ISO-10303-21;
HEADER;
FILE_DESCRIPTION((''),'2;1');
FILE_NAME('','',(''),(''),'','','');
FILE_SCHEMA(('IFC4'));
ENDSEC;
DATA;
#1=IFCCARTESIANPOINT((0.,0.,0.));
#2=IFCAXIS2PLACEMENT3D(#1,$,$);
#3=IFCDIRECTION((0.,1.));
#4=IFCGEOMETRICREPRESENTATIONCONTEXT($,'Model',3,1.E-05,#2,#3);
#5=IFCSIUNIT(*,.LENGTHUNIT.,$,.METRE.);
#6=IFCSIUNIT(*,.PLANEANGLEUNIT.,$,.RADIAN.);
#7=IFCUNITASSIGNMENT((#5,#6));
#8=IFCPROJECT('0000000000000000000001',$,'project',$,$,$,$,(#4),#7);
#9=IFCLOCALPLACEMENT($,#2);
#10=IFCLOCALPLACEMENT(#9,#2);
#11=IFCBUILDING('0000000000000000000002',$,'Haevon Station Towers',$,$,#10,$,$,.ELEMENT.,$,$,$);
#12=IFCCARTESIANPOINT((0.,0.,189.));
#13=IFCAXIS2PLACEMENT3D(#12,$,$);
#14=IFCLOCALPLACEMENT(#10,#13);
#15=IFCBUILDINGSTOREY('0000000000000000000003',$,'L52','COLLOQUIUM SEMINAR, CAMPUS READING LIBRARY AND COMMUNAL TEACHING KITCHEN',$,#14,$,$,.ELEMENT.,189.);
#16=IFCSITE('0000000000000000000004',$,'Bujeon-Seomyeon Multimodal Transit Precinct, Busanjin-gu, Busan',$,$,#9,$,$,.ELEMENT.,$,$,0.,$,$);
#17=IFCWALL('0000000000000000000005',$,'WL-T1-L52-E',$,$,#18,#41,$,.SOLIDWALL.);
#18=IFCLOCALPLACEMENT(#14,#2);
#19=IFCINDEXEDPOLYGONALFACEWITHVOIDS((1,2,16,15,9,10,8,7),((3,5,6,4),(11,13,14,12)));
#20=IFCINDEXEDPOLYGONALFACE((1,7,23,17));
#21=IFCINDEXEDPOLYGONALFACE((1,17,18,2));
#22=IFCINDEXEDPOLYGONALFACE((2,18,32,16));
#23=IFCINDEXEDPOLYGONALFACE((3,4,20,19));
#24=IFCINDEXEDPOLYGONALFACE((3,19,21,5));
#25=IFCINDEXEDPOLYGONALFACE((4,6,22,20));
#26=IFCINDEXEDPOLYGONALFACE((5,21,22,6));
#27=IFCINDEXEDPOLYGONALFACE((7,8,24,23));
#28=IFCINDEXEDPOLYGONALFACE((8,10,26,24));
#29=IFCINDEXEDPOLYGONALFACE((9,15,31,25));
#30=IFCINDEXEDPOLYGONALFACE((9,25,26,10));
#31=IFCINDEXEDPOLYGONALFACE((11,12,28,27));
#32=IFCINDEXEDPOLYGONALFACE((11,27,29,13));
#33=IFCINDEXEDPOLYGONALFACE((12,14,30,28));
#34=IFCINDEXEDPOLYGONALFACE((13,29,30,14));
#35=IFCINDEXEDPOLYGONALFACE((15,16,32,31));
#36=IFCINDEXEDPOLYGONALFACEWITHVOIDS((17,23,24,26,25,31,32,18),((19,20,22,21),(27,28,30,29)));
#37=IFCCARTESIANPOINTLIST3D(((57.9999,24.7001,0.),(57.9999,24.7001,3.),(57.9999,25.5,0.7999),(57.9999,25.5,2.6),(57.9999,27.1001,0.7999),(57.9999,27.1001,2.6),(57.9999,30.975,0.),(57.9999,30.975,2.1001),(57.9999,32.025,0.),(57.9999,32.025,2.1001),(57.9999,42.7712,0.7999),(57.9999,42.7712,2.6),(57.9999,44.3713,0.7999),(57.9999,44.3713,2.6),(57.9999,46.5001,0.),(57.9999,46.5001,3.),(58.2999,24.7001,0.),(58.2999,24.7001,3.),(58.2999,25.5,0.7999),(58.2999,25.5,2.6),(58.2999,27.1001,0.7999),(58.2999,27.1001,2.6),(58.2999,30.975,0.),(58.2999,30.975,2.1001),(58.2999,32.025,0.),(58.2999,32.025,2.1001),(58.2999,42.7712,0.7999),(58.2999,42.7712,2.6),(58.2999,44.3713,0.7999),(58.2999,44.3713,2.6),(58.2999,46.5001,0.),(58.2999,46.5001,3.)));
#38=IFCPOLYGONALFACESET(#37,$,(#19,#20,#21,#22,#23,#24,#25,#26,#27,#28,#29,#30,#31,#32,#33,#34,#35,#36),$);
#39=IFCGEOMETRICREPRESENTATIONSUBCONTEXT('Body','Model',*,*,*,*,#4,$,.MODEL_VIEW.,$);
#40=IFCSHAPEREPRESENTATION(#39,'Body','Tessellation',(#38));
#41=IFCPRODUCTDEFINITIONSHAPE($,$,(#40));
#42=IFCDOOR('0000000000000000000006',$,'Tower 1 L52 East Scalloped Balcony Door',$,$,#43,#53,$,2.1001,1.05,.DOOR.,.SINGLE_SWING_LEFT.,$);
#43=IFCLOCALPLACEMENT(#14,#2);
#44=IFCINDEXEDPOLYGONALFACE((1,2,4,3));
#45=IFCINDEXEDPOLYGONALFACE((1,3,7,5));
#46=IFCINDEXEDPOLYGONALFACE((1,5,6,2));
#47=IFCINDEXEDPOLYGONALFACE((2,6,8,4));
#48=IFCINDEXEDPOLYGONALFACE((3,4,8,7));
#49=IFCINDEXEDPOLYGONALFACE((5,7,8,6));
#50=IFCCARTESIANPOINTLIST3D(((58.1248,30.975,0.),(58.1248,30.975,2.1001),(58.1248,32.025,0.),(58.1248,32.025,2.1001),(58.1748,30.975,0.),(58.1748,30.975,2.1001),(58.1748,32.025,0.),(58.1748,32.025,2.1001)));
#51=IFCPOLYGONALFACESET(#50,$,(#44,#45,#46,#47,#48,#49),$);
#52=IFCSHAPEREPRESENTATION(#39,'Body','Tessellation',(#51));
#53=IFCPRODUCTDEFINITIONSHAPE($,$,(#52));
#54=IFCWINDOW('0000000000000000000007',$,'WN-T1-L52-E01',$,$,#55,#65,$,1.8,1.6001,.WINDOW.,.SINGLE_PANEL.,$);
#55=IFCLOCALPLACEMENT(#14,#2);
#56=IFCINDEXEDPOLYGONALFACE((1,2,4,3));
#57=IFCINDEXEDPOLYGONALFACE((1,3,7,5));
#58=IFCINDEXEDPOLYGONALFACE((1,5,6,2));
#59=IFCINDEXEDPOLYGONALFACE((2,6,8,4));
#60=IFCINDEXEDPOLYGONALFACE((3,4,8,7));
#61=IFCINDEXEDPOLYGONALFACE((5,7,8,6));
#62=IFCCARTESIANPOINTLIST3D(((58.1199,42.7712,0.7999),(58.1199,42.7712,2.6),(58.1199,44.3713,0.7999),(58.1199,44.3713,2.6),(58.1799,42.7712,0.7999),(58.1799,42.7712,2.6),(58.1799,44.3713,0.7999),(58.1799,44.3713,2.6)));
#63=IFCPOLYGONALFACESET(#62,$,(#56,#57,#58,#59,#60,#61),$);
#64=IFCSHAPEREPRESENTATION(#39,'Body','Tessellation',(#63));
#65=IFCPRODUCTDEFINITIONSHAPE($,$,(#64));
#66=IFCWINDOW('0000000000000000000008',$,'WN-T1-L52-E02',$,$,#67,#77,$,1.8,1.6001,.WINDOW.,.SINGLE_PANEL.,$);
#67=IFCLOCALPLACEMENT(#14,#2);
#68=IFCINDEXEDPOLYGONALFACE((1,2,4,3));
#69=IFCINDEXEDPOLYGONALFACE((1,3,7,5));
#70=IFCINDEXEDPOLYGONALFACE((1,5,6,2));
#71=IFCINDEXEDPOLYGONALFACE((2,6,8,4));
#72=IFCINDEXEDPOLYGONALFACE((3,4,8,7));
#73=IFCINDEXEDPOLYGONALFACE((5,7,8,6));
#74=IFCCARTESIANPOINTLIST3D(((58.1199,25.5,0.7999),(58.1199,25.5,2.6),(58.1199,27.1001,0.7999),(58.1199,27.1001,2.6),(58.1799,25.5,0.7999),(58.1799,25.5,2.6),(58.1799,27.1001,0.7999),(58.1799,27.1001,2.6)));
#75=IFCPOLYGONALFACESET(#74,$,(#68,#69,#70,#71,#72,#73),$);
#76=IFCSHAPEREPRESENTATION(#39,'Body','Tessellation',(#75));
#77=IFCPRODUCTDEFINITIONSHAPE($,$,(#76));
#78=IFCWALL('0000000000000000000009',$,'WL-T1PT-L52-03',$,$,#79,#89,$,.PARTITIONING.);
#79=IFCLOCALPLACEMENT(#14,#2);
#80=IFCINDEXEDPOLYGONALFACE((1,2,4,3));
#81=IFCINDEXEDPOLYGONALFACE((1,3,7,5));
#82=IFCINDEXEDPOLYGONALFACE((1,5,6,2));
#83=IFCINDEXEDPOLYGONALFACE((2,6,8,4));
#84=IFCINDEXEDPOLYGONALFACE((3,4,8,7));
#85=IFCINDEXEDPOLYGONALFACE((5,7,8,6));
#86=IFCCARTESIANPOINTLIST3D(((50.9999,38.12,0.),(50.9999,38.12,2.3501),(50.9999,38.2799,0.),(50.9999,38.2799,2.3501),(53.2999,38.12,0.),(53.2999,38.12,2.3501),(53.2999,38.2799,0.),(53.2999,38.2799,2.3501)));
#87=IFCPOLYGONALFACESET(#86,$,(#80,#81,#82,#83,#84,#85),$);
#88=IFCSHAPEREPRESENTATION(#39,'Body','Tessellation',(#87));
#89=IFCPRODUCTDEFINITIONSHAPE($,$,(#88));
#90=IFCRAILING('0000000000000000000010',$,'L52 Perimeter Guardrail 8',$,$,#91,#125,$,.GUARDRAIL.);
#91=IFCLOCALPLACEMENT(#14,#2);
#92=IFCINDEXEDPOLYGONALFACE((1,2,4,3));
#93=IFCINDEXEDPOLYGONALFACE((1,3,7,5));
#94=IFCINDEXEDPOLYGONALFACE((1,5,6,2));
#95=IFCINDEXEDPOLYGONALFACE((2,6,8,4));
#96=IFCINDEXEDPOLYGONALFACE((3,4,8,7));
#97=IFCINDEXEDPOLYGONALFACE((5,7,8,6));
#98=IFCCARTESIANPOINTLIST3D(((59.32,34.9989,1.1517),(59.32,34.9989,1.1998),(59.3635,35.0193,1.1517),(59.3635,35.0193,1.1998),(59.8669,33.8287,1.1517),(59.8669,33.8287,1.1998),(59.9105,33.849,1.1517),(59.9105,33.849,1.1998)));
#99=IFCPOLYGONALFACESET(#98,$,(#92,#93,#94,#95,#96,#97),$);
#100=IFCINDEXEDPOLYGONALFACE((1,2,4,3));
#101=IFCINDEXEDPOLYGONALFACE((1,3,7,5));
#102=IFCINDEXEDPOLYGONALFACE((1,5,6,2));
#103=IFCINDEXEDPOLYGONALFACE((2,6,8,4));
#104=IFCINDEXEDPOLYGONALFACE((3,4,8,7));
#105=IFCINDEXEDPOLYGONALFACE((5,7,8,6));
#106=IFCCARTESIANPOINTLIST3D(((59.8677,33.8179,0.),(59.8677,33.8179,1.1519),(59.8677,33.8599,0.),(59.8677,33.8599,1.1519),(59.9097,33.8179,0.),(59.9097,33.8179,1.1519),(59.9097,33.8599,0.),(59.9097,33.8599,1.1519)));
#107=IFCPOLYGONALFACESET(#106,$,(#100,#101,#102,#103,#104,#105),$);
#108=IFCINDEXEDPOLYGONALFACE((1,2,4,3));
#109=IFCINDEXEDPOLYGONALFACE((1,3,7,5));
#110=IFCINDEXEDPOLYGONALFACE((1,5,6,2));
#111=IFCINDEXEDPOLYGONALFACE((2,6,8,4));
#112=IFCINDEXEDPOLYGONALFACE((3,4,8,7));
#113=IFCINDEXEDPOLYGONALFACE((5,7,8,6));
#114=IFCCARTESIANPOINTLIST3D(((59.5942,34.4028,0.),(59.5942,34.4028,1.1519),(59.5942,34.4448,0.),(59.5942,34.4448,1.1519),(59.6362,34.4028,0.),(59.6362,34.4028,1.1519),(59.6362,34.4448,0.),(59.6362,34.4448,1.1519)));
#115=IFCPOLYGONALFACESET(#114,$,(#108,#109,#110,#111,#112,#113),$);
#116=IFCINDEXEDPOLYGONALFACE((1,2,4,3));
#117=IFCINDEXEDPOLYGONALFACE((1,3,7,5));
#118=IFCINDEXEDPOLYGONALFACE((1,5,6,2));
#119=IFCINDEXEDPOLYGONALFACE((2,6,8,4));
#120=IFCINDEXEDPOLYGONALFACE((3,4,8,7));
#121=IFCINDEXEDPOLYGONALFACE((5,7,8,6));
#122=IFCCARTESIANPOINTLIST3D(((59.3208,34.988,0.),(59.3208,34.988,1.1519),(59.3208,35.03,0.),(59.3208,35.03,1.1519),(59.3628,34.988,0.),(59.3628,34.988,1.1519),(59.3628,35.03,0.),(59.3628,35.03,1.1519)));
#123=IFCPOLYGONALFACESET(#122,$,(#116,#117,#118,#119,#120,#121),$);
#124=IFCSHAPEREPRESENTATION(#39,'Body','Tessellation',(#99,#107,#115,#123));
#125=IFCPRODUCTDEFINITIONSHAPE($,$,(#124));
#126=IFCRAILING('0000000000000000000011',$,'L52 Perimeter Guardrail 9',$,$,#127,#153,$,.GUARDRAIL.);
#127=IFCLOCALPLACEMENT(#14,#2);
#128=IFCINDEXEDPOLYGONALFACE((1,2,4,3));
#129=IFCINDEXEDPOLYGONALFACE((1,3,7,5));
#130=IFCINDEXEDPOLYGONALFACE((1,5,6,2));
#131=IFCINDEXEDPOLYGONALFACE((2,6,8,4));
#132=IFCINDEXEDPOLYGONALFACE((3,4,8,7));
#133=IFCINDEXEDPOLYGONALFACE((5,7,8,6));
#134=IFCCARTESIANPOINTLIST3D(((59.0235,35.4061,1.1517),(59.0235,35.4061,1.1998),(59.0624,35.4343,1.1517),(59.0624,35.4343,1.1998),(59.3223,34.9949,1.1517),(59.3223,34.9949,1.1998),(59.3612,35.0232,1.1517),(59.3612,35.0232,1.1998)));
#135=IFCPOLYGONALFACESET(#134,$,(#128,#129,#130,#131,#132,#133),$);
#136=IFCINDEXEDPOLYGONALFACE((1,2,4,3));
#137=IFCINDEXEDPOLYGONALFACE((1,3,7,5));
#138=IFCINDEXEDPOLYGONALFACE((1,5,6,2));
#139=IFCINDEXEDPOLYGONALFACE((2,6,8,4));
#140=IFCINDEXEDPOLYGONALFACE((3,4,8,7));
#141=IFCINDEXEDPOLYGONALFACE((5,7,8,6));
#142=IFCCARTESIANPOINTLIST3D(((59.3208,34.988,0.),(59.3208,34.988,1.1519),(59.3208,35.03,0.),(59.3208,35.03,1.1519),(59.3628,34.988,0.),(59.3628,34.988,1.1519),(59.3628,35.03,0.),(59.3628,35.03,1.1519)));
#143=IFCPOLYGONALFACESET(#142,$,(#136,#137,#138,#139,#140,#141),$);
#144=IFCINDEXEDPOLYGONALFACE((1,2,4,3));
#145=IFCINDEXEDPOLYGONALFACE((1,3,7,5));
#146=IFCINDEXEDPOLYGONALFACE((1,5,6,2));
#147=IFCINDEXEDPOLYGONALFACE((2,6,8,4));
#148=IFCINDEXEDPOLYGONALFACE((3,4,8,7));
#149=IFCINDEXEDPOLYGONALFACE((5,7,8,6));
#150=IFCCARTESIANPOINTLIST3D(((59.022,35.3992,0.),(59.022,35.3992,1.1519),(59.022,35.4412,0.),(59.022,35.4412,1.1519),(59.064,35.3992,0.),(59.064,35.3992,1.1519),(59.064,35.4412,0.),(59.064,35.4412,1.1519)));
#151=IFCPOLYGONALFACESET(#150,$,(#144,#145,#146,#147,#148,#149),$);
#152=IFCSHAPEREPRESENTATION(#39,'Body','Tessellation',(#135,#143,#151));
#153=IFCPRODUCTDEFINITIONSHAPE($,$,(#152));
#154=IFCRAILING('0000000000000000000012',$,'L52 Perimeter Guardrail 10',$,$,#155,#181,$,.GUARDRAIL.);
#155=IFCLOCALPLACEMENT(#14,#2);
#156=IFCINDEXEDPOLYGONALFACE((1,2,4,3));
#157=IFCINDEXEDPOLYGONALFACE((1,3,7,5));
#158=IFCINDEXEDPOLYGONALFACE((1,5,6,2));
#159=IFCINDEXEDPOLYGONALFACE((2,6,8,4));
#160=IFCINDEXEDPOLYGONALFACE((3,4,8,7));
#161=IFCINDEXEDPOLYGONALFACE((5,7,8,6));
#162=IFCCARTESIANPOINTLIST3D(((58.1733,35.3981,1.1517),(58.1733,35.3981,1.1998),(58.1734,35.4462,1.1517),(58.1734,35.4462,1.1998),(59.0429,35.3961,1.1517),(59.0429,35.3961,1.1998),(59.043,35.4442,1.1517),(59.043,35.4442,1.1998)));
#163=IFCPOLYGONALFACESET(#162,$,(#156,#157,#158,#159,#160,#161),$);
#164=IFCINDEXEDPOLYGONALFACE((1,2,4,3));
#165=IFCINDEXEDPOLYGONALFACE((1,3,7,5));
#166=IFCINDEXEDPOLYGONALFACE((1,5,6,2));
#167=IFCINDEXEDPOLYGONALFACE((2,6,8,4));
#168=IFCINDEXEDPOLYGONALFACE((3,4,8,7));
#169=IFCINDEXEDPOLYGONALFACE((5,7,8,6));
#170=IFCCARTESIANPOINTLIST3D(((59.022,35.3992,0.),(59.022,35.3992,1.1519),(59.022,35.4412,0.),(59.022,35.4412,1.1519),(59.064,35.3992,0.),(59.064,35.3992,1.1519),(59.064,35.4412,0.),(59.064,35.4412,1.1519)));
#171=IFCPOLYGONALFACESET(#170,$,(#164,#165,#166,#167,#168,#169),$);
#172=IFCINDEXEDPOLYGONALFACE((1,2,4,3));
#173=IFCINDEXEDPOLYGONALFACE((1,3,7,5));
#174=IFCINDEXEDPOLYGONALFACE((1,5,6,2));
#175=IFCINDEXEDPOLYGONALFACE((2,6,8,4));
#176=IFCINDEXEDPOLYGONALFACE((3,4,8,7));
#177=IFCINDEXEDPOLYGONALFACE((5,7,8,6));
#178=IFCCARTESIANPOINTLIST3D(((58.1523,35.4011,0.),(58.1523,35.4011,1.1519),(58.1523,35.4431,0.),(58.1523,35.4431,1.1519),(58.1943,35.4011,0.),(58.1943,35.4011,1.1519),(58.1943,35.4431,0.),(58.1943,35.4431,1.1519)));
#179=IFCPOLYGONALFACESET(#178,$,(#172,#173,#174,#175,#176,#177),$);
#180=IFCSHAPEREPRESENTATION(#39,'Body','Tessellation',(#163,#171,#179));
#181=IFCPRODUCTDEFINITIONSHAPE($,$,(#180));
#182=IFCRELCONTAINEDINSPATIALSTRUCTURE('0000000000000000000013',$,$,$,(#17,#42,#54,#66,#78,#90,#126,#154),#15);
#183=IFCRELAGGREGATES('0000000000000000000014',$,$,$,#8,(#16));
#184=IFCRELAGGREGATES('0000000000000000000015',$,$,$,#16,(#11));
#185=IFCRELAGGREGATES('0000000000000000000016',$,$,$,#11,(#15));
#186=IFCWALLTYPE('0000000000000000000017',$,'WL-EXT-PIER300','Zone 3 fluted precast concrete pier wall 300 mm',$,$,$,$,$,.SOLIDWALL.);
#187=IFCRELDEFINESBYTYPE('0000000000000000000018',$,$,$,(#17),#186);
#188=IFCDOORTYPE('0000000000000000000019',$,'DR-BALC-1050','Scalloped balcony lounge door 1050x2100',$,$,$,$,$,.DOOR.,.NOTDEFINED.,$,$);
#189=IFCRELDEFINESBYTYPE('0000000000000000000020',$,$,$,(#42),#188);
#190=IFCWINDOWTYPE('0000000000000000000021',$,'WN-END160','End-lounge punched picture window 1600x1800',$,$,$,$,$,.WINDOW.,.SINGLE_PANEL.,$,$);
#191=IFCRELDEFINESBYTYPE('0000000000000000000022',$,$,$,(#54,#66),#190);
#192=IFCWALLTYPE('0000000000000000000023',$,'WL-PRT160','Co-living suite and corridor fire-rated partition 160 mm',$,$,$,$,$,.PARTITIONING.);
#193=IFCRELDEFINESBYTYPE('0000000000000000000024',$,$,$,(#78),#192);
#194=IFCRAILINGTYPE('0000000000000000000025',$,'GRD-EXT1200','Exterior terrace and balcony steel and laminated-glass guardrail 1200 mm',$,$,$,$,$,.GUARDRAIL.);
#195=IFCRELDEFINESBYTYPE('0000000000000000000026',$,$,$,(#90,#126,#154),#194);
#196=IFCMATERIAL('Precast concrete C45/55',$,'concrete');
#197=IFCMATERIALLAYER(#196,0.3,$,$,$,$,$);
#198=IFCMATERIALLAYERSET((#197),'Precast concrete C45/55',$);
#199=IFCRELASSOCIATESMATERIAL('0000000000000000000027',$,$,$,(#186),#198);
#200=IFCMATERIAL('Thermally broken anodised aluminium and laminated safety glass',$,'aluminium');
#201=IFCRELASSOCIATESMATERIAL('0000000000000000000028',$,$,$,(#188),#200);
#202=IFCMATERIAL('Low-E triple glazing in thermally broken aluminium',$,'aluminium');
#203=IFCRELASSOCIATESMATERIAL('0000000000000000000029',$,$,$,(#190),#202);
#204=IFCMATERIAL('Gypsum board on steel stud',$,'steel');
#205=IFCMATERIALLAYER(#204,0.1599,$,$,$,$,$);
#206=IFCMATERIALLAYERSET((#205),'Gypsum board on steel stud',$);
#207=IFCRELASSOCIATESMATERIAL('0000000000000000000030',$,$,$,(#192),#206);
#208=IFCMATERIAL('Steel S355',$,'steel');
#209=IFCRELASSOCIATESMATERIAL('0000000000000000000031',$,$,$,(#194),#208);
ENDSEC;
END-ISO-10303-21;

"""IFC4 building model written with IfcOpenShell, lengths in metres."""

from ifc_helpers import new_model, si_unit, direction, frame, frame_2d, origin, origin_2d, place, context, subcontext, project, spatial, rectangle, extrude, material, layer, layer_set, type_object, element, fill, save


model = new_model("IFC4")

# Units and contexts
model_context = context("Model", 3, precision=1e-05, world=origin(), true_north=direction((0.0, 1.0)))
body_context = subcontext(model_context, "Body", "Model", "MODEL_VIEW")
ifc_project = project(units=[si_unit("LENGTHUNIT", "METRE"), si_unit("PLANEANGLEUNIT", "RADIAN")], contexts=[model_context])

# Site, building, storey
site_placement = place(None, origin())
site = spatial("IfcSite", under=ifc_project, at=site_placement, Name="Bujeon-Seomyeon Multimodal Transit Precinct, Busanjin-gu, Busan", CompositionType="ELEMENT", RefElevation=0.0)
building_placement = place(site_placement, origin())
building = spatial("IfcBuilding", under=site, at=building_placement, Name="Haevon Station Towers", CompositionType="ELEMENT")
storey_placement = place(building_placement, frame((0.0, 0.0, 189.0)))
storey = spatial("IfcBuildingStorey", under=building, at=storey_placement, Name="L52", Description="COLLOQUIUM SEMINAR, CAMPUS READING LIBRARY AND COMMUNAL TEACHING KITCHEN", CompositionType="ELEMENT", Elevation=189.0)

# Shared definitions
ifc_material_1 = material(Name="Steel S355", Category="steel")

# Shared definitions
ifc_material_2 = material(Name="Precast concrete C45/55", Category="concrete")
ifc_layer_1 = layer(ifc_material_2, 0.3)
ifc_layer_set_1 = layer_set([ifc_layer_1], Name="Precast concrete C45/55")
wall_type_1 = type_object("IfcWallType", Name="WL-EXT-PIER300", Description="Zone 3 fluted precast concrete pier wall 300 mm", PredefinedType="SOLIDWALL", material=ifc_layer_set_1)

# Wall, openings, door, windows
wall_1_placement = place(storey_placement, frame((58.1499, 46.5, 0.0), z_axis=(0.0, 0.0, 1.0), x_axis=(0.0, -1.0, 0.0)))
wall_1 = element("IfcWall", 1, at=wall_1_placement, inside=storey, type_object=wall_type_1, Name="WL-T1-L52-E", PredefinedType="SOLIDWALL", context=body_context, shape_type="SweptSolid", body=[
    extrude(rectangle(XDim=21.8, YDim=0.3, at=frame_2d((10.8999, 0.0))), origin(), (0.0, 0.0, 1.0), 3.0),
])
opening_1_placement = place(wall_1_placement, frame((14.4751, 0.0, 0.0)))
opening_1 = element("IfcOpeningElement", 2, at=opening_1_placement, cuts=wall_1, PredefinedType="OPENING", context=body_context, shape_type="SweptSolid", body=[
    extrude(rectangle(XDim=1.05, YDim=2.1001, at=frame_2d((0.5249, 1.05))), frame((0.0, 0.1599, 0.0), z_axis=(0.0, -1.0, 0.0), x_axis=(1.0, 0.0, 0.0)), (0.0, 0.0, 1.0), 0.3201),
])
opening_2_placement = place(wall_1_placement, frame((2.1287, 0.0, 0.8)))
opening_2 = element("IfcOpeningElement", 3, at=opening_2_placement, cuts=wall_1, PredefinedType="OPENING", context=body_context, shape_type="SweptSolid", body=[
    extrude(rectangle(XDim=1.6001, YDim=1.8, at=frame_2d((0.8, 0.8999))), frame((0.0, 0.1599, 0.0), z_axis=(0.0, -1.0, 0.0), x_axis=(1.0, 0.0, 0.0)), (0.0, 0.0, 1.0), 0.3201),
])
opening_3_placement = place(wall_1_placement, frame((19.3999, 0.0, 0.8)))
opening_3 = element("IfcOpeningElement", 4, at=opening_3_placement, cuts=wall_1, PredefinedType="OPENING", context=body_context, shape_type="SweptSolid", body=[
    extrude(rectangle(XDim=1.6001, YDim=1.8, at=frame_2d((0.8, 0.8999))), frame((0.0, 0.1599, 0.0), z_axis=(0.0, -1.0, 0.0), x_axis=(1.0, 0.0, 0.0)), (0.0, 0.0, 1.0), 0.3201),
])
ifc_material_3 = material(Name="Thermally broken anodised aluminium and laminated safety glass", Category="aluminium")
door_type = type_object("IfcDoorType", Name="DR-BALC-1050", Description="Scalloped balcony lounge door 1050x2100", OperationType="NOTDEFINED", PredefinedType="DOOR", material=ifc_material_3)
door_placement = place(opening_1_placement, origin())
door = element("IfcDoor", 5, at=door_placement, inside=storey, type_object=door_type, Name="Tower 1 L52 East Scalloped Balcony Door", OperationType="SINGLE_SWING_LEFT", OverallHeight=2.1001, OverallWidth=1.05, PredefinedType="DOOR", context=body_context, shape_type="SweptSolid", body=[
    extrude(rectangle(XDim=1.05, YDim=2.1001, at=frame_2d((0.5249, 1.05))), frame((0.0, 0.0249, 0.0), z_axis=(0.0, -1.0, 0.0), x_axis=(1.0, 0.0, 0.0)), (0.0, 0.0, 1.0), 0.05),
])
fill(opening_1, door)
ifc_material_4 = material(Name="Low-E triple glazing in thermally broken aluminium", Category="aluminium")
window_type = type_object("IfcWindowType", Name="WN-END160", Description="End-lounge punched picture window 1600x1800", PartitioningType="SINGLE_PANEL", PredefinedType="WINDOW", material=ifc_material_4)
window_1_placement = place(opening_2_placement, origin())
window_1 = element("IfcWindow", 6, at=window_1_placement, inside=storey, type_object=window_type, Name="WN-T1-L52-E01", OverallHeight=1.8, OverallWidth=1.6001, PartitioningType="SINGLE_PANEL", PredefinedType="WINDOW", context=body_context, shape_type="SweptSolid", body=[
    extrude(rectangle(XDim=1.6001, YDim=1.8, at=frame_2d((0.8, 0.8999))), frame((0.0, 0.03, 0.0), z_axis=(0.0, -1.0, 0.0), x_axis=(1.0, 0.0, 0.0)), (0.0, 0.0, 1.0), 0.0601),
])
fill(opening_2, window_1)
window_2_placement = place(opening_3_placement, origin())
window_2 = element("IfcWindow", 7, at=window_2_placement, inside=storey, type_object=window_type, Name="WN-T1-L52-E02", OverallHeight=1.8, OverallWidth=1.6001, PartitioningType="SINGLE_PANEL", PredefinedType="WINDOW", context=body_context, shape_type="SweptSolid", body=[
    extrude(rectangle(XDim=1.6001, YDim=1.8, at=frame_2d((0.8, 0.8999))), frame((0.0, 0.03, 0.0), z_axis=(0.0, -1.0, 0.0), x_axis=(1.0, 0.0, 0.0)), (0.0, 0.0, 1.0), 0.0601),
])
fill(opening_3, window_2)

# Wall
ifc_material_5 = material(Name="Gypsum board on steel stud", Category="steel")
ifc_layer_2 = layer(ifc_material_5, 0.1599)
ifc_layer_set_2 = layer_set([ifc_layer_2], Name="Gypsum board on steel stud")
wall_type_2 = type_object("IfcWallType", Name="WL-PRT160", Description="Co-living suite and corridor fire-rated partition 160 mm", PredefinedType="PARTITIONING", material=ifc_layer_set_2)
wall_2_placement = place(storey_placement, frame((51.0, 38.2, 0.0), z_axis=(0.0, 0.0, 1.0), x_axis=(1.0, 0.0, 0.0)))
element("IfcWall", 8, at=wall_2_placement, inside=storey, type_object=wall_type_2, Name="WL-T1PT-L52-03", PredefinedType="PARTITIONING", context=body_context, shape_type="SweptSolid", body=[
    extrude(rectangle(XDim=2.3, YDim=0.1599, at=frame_2d((1.1499, 0.0))), origin(), (0.0, 0.0, 1.0), 2.3501),
])

# Railings
railing_type = type_object("IfcRailingType", Name="GRD-EXT1200", Description="Exterior terrace and balcony steel and laminated-glass guardrail 1200 mm", PredefinedType="GUARDRAIL", material=ifc_material_1)
railing_1_placement = place(storey_placement, frame((59.8887, 33.8389, 0.0)))
element("IfcRailing", 9, at=railing_1_placement, inside=storey, type_object=railing_type, Name="L52 Perimeter Guardrail 8", PredefinedType="GUARDRAIL", context=body_context, shape_type="SweptSolid", body=[
    extrude(rectangle(XDim=0.0481, YDim=0.0481, at=origin_2d()), frame((0.0, 0.0, 1.1758), z_axis=(-0.423392, 0.905946, 0.0), x_axis=(-0.905946, -0.423392, 0.0)), (0.0, 0.0, 1.0), 1.2917),
    extrude(rectangle(XDim=0.042, YDim=0.042, at=origin_2d()), origin(), (0.0, 0.0, 1.0), 1.1519),
    extrude(rectangle(XDim=0.042, YDim=0.042, at=origin_2d()), frame((-0.2734, 0.585, 0.0)), (0.0, 0.0, 1.0), 1.1519),
    extrude(rectangle(XDim=0.042, YDim=0.042, at=origin_2d()), frame((-0.5469, 1.1702, 0.0)), (0.0, 0.0, 1.0), 1.1519),
])
railing_2_placement = place(storey_placement, frame((59.3418, 35.009, 0.0)))
element("IfcRailing", 10, at=railing_2_placement, inside=storey, type_object=railing_type, Name="L52 Perimeter Guardrail 9", PredefinedType="GUARDRAIL", context=body_context, shape_type="SweptSolid", body=[
    extrude(rectangle(XDim=0.0481, YDim=0.0481, at=origin_2d()), frame((0.0, 0.0, 1.1758), z_axis=(-0.587943, 0.808902, 0.0), x_axis=(-0.808902, -0.587943, 0.0)), (0.0, 0.0, 1.0), 0.5083),
    extrude(rectangle(XDim=0.042, YDim=0.042, at=origin_2d()), origin(), (0.0, 0.0, 1.0), 1.1519),
    extrude(rectangle(XDim=0.042, YDim=0.042, at=origin_2d()), frame((-0.2988, 0.4111, 0.0)), (0.0, 0.0, 1.0), 1.1519),
])
railing_3_placement = place(storey_placement, frame((59.043, 35.4202, 0.0)))
element("IfcRailing", 11, at=railing_3_placement, inside=storey, type_object=railing_type, Name="L52 Perimeter Guardrail 10", PredefinedType="GUARDRAIL", context=body_context, shape_type="SweptSolid", body=[
    extrude(rectangle(XDim=0.0481, YDim=0.0481, at=origin_2d()), frame((0.0, 0.0, 1.1758), z_axis=(-0.999997, 0.002246, 0.0), x_axis=(-0.002246, -0.999997, 0.0)), (0.0, 0.0, 1.0), 0.8696),
    extrude(rectangle(XDim=0.042, YDim=0.042, at=origin_2d()), origin(), (0.0, 0.0, 1.0), 1.1519),
    extrude(rectangle(XDim=0.042, YDim=0.042, at=origin_2d()), frame((-0.8696, 0.002, 0.0)), (0.0, 0.0, 1.0), 1.1519),
])

save(model, "model.ifc")
